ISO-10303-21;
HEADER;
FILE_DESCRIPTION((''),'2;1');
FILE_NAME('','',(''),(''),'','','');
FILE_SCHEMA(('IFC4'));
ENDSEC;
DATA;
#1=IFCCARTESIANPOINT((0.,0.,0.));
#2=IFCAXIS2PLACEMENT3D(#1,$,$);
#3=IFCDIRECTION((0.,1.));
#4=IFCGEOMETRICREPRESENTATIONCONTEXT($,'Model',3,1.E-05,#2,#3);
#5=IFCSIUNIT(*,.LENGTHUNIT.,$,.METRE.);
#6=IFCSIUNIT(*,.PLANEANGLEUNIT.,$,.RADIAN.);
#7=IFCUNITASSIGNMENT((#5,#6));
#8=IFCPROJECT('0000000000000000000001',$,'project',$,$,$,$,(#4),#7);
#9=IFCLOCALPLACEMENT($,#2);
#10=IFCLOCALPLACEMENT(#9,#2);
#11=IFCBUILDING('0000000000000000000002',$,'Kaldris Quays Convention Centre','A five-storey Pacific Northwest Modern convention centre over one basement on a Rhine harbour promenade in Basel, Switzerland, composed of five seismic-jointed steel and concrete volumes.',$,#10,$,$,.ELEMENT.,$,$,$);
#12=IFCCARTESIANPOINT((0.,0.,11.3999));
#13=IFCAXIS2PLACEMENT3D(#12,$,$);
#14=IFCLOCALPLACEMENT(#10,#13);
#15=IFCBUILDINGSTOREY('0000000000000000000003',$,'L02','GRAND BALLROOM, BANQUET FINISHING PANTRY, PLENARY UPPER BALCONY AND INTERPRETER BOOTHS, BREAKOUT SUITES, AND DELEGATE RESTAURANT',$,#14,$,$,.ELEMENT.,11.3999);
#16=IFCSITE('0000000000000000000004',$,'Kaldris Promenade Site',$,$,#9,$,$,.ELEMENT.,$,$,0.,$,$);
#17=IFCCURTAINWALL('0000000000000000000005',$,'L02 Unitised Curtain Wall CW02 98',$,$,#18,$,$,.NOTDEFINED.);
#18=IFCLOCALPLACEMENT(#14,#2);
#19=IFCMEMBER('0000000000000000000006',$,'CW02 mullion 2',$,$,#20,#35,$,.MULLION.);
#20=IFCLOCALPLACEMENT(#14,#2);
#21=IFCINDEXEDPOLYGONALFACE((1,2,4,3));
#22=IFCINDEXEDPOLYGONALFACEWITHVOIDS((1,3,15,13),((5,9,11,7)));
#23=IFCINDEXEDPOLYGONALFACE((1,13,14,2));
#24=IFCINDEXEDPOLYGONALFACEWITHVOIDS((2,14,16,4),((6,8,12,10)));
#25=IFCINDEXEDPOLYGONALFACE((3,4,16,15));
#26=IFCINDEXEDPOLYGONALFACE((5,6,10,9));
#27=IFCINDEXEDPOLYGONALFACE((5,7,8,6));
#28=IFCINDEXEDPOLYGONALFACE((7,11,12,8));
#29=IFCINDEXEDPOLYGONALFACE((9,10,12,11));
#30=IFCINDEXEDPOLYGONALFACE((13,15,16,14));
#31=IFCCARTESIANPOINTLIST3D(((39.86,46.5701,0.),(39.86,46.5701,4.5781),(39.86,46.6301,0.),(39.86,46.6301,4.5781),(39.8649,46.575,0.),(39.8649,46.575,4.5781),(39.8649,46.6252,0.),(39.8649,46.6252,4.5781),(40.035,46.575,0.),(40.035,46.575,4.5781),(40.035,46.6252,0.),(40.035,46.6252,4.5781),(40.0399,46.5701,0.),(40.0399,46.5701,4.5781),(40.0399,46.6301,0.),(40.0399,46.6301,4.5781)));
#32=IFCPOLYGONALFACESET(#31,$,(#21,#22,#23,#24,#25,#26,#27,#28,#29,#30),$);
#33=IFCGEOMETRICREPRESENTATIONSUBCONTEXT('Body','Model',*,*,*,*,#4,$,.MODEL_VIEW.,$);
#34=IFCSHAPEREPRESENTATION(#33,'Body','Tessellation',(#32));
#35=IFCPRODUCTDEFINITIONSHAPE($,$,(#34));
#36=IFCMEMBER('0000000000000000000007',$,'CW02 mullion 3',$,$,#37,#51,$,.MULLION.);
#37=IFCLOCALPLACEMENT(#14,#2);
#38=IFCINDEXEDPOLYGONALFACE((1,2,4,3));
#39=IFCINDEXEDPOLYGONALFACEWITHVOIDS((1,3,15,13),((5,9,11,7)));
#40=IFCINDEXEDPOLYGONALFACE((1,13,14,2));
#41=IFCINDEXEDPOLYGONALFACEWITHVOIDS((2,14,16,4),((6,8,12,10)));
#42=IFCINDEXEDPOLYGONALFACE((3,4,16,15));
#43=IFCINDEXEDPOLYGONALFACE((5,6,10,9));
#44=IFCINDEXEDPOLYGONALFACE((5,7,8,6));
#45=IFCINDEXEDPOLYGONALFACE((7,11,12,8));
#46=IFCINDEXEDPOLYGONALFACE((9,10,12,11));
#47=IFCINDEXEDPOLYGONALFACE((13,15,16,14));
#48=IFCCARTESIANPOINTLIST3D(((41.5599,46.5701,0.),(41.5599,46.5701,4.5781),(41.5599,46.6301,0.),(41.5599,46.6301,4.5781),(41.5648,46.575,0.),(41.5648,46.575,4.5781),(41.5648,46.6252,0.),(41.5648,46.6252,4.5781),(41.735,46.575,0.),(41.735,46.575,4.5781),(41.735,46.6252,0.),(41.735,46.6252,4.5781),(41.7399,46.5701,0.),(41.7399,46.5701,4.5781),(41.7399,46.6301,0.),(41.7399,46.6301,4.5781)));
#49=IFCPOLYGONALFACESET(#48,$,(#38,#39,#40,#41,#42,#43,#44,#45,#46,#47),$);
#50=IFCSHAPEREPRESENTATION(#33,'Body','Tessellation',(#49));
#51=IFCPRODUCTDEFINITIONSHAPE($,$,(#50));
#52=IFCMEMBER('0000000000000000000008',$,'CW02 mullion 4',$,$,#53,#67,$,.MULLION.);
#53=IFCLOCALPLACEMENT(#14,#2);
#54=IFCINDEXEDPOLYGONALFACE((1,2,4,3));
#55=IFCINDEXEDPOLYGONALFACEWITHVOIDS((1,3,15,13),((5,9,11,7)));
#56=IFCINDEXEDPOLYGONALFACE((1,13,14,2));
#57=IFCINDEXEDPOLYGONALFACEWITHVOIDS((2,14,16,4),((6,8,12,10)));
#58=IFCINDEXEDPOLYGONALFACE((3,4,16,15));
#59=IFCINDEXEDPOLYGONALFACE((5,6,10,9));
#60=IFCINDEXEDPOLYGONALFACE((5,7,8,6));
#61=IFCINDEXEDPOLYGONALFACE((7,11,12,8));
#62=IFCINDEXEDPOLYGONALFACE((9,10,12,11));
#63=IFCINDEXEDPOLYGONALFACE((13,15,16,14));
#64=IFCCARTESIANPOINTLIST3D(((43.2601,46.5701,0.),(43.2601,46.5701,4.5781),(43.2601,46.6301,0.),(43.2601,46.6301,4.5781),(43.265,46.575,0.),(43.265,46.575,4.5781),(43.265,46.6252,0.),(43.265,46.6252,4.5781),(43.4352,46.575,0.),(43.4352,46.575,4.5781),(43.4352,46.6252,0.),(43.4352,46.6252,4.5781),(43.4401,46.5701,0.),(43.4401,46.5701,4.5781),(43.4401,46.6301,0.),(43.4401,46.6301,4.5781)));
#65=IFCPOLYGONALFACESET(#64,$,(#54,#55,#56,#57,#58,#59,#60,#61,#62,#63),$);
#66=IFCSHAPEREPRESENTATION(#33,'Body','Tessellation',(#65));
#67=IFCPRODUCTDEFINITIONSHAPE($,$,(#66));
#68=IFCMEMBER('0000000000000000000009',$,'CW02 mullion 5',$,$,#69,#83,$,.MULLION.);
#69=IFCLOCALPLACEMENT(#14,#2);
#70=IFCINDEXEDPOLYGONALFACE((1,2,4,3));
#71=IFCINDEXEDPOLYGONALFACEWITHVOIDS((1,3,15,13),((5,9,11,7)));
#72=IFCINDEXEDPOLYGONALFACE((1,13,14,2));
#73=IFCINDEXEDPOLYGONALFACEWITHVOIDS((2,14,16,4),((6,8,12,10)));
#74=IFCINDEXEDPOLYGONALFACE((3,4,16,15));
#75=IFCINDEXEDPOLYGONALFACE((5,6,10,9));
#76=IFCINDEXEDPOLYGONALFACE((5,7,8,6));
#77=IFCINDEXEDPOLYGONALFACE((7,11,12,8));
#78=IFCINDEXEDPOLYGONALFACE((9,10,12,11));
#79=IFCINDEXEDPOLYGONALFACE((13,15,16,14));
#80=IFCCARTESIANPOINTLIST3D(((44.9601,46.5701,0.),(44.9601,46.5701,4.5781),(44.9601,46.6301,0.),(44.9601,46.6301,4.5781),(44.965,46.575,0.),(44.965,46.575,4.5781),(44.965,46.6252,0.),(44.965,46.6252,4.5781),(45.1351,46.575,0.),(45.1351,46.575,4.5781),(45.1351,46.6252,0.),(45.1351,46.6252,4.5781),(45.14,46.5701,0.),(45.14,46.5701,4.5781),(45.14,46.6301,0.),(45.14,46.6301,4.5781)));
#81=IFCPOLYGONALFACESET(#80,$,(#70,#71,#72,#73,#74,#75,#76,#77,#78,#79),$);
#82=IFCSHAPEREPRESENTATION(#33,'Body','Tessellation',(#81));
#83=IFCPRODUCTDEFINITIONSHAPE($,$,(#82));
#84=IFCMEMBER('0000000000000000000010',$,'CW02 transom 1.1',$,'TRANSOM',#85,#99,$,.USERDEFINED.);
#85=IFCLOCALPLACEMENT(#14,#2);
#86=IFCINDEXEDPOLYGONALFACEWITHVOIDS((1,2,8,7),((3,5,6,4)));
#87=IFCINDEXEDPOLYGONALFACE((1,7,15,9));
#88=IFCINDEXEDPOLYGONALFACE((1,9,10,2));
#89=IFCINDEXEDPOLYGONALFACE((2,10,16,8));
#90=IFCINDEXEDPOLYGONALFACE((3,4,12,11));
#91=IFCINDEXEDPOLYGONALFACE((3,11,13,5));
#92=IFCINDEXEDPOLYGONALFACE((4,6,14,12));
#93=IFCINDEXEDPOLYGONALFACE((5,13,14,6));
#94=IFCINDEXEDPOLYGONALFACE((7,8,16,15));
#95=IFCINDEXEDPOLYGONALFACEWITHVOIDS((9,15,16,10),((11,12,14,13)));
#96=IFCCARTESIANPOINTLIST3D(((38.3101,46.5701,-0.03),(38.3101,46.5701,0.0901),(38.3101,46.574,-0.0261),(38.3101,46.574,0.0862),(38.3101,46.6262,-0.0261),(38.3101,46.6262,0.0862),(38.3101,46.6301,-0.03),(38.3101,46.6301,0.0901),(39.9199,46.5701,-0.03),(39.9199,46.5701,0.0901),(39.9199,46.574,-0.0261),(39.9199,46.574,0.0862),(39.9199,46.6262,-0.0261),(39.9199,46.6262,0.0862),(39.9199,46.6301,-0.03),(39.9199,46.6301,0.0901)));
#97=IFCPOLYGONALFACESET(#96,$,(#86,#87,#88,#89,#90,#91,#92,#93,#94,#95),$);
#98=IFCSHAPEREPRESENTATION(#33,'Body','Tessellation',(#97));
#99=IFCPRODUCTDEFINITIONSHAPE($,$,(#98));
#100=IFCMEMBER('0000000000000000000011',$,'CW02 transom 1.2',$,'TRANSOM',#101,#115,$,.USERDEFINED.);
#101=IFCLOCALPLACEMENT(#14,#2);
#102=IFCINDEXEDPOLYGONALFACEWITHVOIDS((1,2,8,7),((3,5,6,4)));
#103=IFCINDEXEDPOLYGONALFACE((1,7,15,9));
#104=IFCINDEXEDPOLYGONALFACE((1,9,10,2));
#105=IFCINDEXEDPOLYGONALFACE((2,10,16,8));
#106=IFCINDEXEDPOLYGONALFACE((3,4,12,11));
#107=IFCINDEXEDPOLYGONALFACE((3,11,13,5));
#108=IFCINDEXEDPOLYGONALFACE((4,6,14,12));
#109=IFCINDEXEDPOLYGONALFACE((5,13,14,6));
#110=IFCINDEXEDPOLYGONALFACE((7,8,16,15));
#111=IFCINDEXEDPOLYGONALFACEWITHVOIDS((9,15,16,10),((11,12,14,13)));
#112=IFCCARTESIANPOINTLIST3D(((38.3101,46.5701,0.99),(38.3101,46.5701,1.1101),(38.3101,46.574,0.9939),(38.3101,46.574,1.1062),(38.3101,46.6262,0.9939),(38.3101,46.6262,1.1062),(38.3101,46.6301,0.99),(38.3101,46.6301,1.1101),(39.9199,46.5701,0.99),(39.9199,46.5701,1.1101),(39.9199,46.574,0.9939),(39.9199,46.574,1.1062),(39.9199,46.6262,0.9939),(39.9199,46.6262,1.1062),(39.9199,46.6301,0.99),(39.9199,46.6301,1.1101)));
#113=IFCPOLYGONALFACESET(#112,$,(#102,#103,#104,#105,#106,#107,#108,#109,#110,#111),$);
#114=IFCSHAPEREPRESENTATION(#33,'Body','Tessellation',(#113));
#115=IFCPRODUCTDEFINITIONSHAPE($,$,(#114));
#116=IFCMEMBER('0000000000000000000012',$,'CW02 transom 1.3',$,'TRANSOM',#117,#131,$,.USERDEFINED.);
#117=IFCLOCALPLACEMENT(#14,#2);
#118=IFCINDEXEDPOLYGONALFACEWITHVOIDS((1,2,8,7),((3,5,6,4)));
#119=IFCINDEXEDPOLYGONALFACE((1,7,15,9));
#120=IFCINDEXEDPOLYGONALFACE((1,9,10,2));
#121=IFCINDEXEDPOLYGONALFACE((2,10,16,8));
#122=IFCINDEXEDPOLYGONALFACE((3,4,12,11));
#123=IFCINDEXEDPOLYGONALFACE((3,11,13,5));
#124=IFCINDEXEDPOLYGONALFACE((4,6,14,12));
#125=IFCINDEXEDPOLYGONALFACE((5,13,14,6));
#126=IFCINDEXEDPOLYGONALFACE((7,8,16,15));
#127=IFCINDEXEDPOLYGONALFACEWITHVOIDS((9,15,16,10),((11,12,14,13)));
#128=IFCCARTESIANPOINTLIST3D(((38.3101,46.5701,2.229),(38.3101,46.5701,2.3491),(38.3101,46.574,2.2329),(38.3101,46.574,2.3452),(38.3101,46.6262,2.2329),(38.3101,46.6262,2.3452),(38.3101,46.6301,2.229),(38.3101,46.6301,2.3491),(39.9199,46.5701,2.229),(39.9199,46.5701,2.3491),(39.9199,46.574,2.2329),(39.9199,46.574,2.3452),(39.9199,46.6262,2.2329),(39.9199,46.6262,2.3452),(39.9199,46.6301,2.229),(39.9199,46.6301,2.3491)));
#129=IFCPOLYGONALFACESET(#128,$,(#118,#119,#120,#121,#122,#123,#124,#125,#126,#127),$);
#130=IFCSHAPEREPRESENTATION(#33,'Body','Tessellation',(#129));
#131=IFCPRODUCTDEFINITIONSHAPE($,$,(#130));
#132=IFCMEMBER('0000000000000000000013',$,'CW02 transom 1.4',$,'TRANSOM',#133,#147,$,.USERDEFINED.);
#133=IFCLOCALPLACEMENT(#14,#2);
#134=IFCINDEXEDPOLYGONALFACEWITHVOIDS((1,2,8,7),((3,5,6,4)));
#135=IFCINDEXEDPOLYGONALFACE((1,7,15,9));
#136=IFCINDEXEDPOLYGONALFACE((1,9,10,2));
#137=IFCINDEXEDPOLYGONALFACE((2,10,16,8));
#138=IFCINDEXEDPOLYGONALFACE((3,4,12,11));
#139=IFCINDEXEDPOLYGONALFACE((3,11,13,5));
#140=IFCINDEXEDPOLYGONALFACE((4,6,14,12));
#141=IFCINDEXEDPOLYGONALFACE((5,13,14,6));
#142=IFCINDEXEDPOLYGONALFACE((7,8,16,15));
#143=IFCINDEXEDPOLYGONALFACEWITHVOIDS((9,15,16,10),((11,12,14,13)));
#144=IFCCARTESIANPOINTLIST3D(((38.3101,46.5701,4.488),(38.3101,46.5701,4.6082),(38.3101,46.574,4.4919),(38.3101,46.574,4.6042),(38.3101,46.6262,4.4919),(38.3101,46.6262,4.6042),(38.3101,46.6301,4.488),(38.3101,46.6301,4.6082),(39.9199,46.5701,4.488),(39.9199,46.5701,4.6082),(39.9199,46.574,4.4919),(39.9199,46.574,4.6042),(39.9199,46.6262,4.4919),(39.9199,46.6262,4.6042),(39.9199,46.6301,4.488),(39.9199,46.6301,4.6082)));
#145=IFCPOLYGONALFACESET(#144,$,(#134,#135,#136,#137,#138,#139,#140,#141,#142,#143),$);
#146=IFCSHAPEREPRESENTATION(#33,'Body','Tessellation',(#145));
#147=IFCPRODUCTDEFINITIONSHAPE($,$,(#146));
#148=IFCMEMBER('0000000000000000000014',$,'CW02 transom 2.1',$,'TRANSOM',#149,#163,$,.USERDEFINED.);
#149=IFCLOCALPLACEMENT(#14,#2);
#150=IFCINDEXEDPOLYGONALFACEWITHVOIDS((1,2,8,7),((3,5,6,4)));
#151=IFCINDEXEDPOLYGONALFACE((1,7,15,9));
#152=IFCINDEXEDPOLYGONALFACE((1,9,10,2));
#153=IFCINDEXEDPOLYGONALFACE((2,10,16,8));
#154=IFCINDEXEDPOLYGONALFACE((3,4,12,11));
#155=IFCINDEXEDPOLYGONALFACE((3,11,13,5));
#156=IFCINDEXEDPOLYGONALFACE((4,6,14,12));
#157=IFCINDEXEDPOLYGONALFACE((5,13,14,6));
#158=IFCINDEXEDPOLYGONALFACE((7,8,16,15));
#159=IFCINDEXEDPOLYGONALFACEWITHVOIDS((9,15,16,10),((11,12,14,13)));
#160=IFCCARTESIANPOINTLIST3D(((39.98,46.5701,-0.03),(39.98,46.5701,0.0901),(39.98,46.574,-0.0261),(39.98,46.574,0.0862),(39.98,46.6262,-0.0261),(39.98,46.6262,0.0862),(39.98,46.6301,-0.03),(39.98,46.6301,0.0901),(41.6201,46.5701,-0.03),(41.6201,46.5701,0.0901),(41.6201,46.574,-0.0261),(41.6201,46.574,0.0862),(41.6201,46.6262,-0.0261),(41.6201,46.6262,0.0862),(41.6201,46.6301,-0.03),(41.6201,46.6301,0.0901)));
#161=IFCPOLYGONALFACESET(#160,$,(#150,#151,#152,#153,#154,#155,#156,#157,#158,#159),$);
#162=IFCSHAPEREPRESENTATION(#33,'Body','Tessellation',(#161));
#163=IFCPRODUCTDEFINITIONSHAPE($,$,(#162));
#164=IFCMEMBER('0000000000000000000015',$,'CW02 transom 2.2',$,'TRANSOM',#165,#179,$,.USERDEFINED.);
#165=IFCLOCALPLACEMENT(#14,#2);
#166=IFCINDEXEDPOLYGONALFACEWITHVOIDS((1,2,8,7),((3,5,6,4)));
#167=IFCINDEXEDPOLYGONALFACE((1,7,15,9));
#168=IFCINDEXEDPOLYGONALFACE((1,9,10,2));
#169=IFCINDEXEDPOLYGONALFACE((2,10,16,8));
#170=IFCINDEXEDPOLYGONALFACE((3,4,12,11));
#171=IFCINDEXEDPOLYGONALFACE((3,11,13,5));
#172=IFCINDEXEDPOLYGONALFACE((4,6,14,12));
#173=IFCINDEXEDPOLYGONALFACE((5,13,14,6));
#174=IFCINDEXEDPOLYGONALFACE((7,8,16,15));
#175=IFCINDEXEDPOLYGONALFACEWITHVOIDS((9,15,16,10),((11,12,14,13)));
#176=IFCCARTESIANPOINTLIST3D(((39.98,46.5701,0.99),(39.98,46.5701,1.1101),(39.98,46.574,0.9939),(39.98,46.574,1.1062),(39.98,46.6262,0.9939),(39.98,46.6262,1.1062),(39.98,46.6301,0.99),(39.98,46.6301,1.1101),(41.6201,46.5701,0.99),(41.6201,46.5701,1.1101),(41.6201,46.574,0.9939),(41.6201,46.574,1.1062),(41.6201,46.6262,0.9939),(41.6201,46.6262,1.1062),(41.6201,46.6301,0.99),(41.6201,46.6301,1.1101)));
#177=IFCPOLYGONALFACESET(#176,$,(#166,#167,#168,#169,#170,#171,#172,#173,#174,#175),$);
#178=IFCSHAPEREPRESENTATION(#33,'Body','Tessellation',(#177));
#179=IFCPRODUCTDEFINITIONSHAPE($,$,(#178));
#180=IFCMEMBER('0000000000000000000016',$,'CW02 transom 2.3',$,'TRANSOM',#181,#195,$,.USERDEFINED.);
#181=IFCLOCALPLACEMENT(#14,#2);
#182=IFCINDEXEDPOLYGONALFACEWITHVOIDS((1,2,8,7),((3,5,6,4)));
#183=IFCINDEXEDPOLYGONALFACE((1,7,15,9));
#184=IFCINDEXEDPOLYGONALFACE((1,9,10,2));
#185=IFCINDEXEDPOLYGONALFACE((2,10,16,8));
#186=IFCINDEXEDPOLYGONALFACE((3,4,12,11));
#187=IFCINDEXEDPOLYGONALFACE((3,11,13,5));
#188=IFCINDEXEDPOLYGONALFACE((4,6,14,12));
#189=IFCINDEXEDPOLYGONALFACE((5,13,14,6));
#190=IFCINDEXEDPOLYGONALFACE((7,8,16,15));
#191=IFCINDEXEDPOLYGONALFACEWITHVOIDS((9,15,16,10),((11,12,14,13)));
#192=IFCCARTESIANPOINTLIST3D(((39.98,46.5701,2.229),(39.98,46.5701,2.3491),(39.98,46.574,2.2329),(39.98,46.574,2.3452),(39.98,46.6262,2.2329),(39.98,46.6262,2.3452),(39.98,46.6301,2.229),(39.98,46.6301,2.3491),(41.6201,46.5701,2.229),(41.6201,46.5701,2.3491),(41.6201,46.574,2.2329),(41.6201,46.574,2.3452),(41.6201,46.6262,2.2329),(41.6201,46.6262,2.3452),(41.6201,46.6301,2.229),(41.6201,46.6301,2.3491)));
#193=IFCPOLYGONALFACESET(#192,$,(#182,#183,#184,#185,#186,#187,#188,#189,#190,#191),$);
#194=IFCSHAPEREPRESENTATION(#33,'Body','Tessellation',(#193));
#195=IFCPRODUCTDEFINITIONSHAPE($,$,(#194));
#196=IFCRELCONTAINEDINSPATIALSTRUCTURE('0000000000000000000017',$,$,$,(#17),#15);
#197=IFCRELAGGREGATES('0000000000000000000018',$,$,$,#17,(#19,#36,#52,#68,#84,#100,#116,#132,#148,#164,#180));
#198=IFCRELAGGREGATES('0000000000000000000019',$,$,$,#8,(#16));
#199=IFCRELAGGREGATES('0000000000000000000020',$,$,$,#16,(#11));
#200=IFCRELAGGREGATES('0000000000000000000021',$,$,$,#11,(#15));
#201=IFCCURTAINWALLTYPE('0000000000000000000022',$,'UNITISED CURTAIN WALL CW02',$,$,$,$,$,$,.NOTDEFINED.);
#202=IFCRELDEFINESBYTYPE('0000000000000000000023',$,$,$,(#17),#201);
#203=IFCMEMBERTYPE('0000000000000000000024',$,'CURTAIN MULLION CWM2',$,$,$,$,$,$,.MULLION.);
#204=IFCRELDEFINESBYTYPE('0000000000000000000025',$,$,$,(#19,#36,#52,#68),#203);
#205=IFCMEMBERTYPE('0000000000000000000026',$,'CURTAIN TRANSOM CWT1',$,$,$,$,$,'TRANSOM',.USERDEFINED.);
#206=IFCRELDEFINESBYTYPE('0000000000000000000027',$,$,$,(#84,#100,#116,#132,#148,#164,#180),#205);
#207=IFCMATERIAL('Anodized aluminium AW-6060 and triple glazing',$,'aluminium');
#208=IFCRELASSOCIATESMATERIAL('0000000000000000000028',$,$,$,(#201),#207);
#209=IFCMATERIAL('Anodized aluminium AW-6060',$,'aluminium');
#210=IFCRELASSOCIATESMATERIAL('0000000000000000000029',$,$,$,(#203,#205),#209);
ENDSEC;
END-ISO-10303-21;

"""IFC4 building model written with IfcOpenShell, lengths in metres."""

from ifc_helpers import new_model, si_unit, direction, frame, origin, origin_2d, place, context, subcontext, project, spatial, hollow_rectangle, extrude, material, material_profile, profile_set, type_object, element, aggregate, save


model = new_model("IFC4")

# Units and contexts
model_context = context("Model", 3, precision=1e-05, world=origin(), true_north=direction((0.0, 1.0)))
body_context = subcontext(model_context, "Body", "Model", "MODEL_VIEW")
ifc_project = project(units=[si_unit("LENGTHUNIT", "METRE"), si_unit("PLANEANGLEUNIT", "RADIAN")], contexts=[model_context])

# Site, building, storey
site_placement = place(None, origin())
site = spatial("IfcSite", under=ifc_project, at=site_placement, Name="Kaldris Promenade Site", CompositionType="ELEMENT", RefElevation=0.0)
building_placement = place(site_placement, origin())
building = spatial("IfcBuilding", under=site, at=building_placement, Name="Kaldris Quays Convention Centre", Description="A five-storey Pacific Northwest Modern convention centre over one basement on a Rhine harbour promenade in Basel, Switzerland, composed of five seismic-jointed steel and concrete volumes.", CompositionType="ELEMENT")
storey_placement = place(building_placement, frame((0.0, 0.0, 11.3999)))
storey = spatial("IfcBuildingStorey", under=building, at=storey_placement, Name="L02", Description="GRAND BALLROOM, BANQUET FINISHING PANTRY, PLENARY UPPER BALCONY AND INTERPRETER BOOTHS, BREAKOUT SUITES, AND DELEGATE RESTAURANT", CompositionType="ELEMENT", Elevation=11.3999)

# Curtain wall, members
ifc_material_1 = material(Name="Anodized aluminium AW-6060 and triple glazing", Category="aluminium")
curtain_wall_type = type_object("IfcCurtainWallType", Name="UNITISED CURTAIN WALL CW02", PredefinedType="NOTDEFINED", material=ifc_material_1)
curtain_wall_placement = place(storey_placement, origin())
curtain_wall = element("IfcCurtainWall", 1, at=curtain_wall_placement, inside=storey, type_object=curtain_wall_type, Name="L02 Unitised Curtain Wall CW02 98", PredefinedType="NOTDEFINED")
ifc_material_2 = material(Name="Anodized aluminium AW-6060", Category="aluminium")
ifc_material_profile_1 = material_profile(ifc_material_2, hollow_rectangle(XDim=0.0601, YDim=0.1799, WallThickness=0.0049, at=origin_2d()), Name="RHS 180x60x5")
ifc_profile_set_1 = profile_set([ifc_material_profile_1], Name="Anodized aluminium AW-6060")
member_type_1 = type_object("IfcMemberType", Name="CURTAIN MULLION CWM2", PredefinedType="MULLION", material=ifc_profile_set_1)
member_1_placement = place(storey_placement, frame((39.95, 46.6001, 0.0), z_axis=(0.0, 0.0, 1.0), x_axis=(0.0, 1.0, 0.0)))
member_1 = element("IfcMember", 2, at=member_1_placement, type_object=member_type_1, Name="CW02 mullion 2", PredefinedType="MULLION", context=body_context, shape_type="SweptSolid", body=[
    extrude(hollow_rectangle(XDim=0.0601, YDim=0.1799, WallThickness=0.0049, at=origin_2d()), origin(), (0.0, 0.0, 1.0), 4.5781),
])
member_2_placement = place(storey_placement, frame((41.6499, 46.6001, 0.0), z_axis=(0.0, 0.0, 1.0), x_axis=(0.0, 1.0, 0.0)))
member_2 = element("IfcMember", 3, at=member_2_placement, type_object=member_type_1, Name="CW02 mullion 3", PredefinedType="MULLION", context=body_context, shape_type="SweptSolid", body=[
    extrude(hollow_rectangle(XDim=0.0601, YDim=0.1799, WallThickness=0.0049, at=origin_2d()), origin(), (0.0, 0.0, 1.0), 4.5781),
])
member_3_placement = place(storey_placement, frame((43.3501, 46.6001, 0.0), z_axis=(0.0, 0.0, 1.0), x_axis=(0.0, 1.0, 0.0)))
member_3 = element("IfcMember", 4, at=member_3_placement, type_object=member_type_1, Name="CW02 mullion 4", PredefinedType="MULLION", context=body_context, shape_type="SweptSolid", body=[
    extrude(hollow_rectangle(XDim=0.0601, YDim=0.1799, WallThickness=0.0049, at=origin_2d()), origin(), (0.0, 0.0, 1.0), 4.5781),
])
member_4_placement = place(storey_placement, frame((45.05, 46.6001, 0.0), z_axis=(0.0, 0.0, 1.0), x_axis=(0.0, 1.0, 0.0)))
member_4 = element("IfcMember", 5, at=member_4_placement, type_object=member_type_1, Name="CW02 mullion 5", PredefinedType="MULLION", context=body_context, shape_type="SweptSolid", body=[
    extrude(hollow_rectangle(XDim=0.0601, YDim=0.1799, WallThickness=0.0049, at=origin_2d()), origin(), (0.0, 0.0, 1.0), 4.5781),
])
ifc_material_profile_2 = material_profile(ifc_material_2, hollow_rectangle(XDim=0.0601, YDim=0.1201, WallThickness=0.0039, at=origin_2d()), Name="RHS 120x60x4")
ifc_profile_set_2 = profile_set([ifc_material_profile_2], Name="Anodized aluminium AW-6060")
member_type_2 = type_object("IfcMemberType", Name="CURTAIN TRANSOM CWT1", ElementType="TRANSOM", PredefinedType="USERDEFINED", material=ifc_profile_set_2)
member_5_placement = place(storey_placement, frame((38.3101, 46.6001, 0.03), z_axis=(1.0, 0.0, 0.0), x_axis=(0.0, 1.0, 0.0)))
member_5 = element("IfcMember", 6, at=member_5_placement, type_object=member_type_2, Name="CW02 transom 1.1", ObjectType="TRANSOM", PredefinedType="USERDEFINED", context=body_context, shape_type="SweptSolid", body=[
    extrude(hollow_rectangle(XDim=0.0601, YDim=0.1201, WallThickness=0.0039, at=origin_2d()), origin(), (0.0, 0.0, 1.0), 1.6099),
])
member_6_placement = place(storey_placement, frame((38.3101, 46.6001, 1.05), z_axis=(1.0, 0.0, 0.0), x_axis=(0.0, 1.0, 0.0)))
member_6 = element("IfcMember", 7, at=member_6_placement, type_object=member_type_2, Name="CW02 transom 1.2", ObjectType="TRANSOM", PredefinedType="USERDEFINED", context=body_context, shape_type="SweptSolid", body=[
    extrude(hollow_rectangle(XDim=0.0601, YDim=0.1201, WallThickness=0.0039, at=origin_2d()), origin(), (0.0, 0.0, 1.0), 1.6099),
])
member_7_placement = place(storey_placement, frame((38.3101, 46.6001, 2.2891), z_axis=(1.0, 0.0, 0.0), x_axis=(0.0, 1.0, 0.0)))
member_7 = element("IfcMember", 8, at=member_7_placement, type_object=member_type_2, Name="CW02 transom 1.3", ObjectType="TRANSOM", PredefinedType="USERDEFINED", context=body_context, shape_type="SweptSolid", body=[
    extrude(hollow_rectangle(XDim=0.0601, YDim=0.1201, WallThickness=0.0039, at=origin_2d()), origin(), (0.0, 0.0, 1.0), 1.6099),
])
member_8_placement = place(storey_placement, frame((38.3101, 46.6001, 4.5481), z_axis=(1.0, 0.0, 0.0), x_axis=(0.0, 1.0, 0.0)))
member_8 = element("IfcMember", 9, at=member_8_placement, type_object=member_type_2, Name="CW02 transom 1.4", ObjectType="TRANSOM", PredefinedType="USERDEFINED", context=body_context, shape_type="SweptSolid", body=[
    extrude(hollow_rectangle(XDim=0.0601, YDim=0.1201, WallThickness=0.0039, at=origin_2d()), origin(), (0.0, 0.0, 1.0), 1.6099),
])
member_9_placement = place(storey_placement, frame((39.98, 46.6001, 0.03), z_axis=(1.0, 0.0, 0.0), x_axis=(0.0, 1.0, 0.0)))
member_9 = element("IfcMember", 10, at=member_9_placement, type_object=member_type_2, Name="CW02 transom 2.1", ObjectType="TRANSOM", PredefinedType="USERDEFINED", context=body_context, shape_type="SweptSolid", body=[
    extrude(hollow_rectangle(XDim=0.0601, YDim=0.1201, WallThickness=0.0039, at=origin_2d()), origin(), (0.0, 0.0, 1.0), 1.6401),
])
member_10_placement = place(storey_placement, frame((39.98, 46.6001, 1.05), z_axis=(1.0, 0.0, 0.0), x_axis=(0.0, 1.0, 0.0)))
member_10 = element("IfcMember", 11, at=member_10_placement, type_object=member_type_2, Name="CW02 transom 2.2", ObjectType="TRANSOM", PredefinedType="USERDEFINED", context=body_context, shape_type="SweptSolid", body=[
    extrude(hollow_rectangle(XDim=0.0601, YDim=0.1201, WallThickness=0.0039, at=origin_2d()), origin(), (0.0, 0.0, 1.0), 1.6401),
])
member_11_placement = place(storey_placement, frame((39.98, 46.6001, 2.2891), z_axis=(1.0, 0.0, 0.0), x_axis=(0.0, 1.0, 0.0)))
member_11 = element("IfcMember", 12, at=member_11_placement, type_object=member_type_2, Name="CW02 transom 2.3", ObjectType="TRANSOM", PredefinedType="USERDEFINED", context=body_context, shape_type="SweptSolid", body=[
    extrude(hollow_rectangle(XDim=0.0601, YDim=0.1201, WallThickness=0.0039, at=origin_2d()), origin(), (0.0, 0.0, 1.0), 1.6401),
])

aggregate(curtain_wall, [member_1, member_2, member_3, member_4, member_5, member_6, member_7, member_8, member_9, member_10, member_11])

save(model, "model.ifc")
